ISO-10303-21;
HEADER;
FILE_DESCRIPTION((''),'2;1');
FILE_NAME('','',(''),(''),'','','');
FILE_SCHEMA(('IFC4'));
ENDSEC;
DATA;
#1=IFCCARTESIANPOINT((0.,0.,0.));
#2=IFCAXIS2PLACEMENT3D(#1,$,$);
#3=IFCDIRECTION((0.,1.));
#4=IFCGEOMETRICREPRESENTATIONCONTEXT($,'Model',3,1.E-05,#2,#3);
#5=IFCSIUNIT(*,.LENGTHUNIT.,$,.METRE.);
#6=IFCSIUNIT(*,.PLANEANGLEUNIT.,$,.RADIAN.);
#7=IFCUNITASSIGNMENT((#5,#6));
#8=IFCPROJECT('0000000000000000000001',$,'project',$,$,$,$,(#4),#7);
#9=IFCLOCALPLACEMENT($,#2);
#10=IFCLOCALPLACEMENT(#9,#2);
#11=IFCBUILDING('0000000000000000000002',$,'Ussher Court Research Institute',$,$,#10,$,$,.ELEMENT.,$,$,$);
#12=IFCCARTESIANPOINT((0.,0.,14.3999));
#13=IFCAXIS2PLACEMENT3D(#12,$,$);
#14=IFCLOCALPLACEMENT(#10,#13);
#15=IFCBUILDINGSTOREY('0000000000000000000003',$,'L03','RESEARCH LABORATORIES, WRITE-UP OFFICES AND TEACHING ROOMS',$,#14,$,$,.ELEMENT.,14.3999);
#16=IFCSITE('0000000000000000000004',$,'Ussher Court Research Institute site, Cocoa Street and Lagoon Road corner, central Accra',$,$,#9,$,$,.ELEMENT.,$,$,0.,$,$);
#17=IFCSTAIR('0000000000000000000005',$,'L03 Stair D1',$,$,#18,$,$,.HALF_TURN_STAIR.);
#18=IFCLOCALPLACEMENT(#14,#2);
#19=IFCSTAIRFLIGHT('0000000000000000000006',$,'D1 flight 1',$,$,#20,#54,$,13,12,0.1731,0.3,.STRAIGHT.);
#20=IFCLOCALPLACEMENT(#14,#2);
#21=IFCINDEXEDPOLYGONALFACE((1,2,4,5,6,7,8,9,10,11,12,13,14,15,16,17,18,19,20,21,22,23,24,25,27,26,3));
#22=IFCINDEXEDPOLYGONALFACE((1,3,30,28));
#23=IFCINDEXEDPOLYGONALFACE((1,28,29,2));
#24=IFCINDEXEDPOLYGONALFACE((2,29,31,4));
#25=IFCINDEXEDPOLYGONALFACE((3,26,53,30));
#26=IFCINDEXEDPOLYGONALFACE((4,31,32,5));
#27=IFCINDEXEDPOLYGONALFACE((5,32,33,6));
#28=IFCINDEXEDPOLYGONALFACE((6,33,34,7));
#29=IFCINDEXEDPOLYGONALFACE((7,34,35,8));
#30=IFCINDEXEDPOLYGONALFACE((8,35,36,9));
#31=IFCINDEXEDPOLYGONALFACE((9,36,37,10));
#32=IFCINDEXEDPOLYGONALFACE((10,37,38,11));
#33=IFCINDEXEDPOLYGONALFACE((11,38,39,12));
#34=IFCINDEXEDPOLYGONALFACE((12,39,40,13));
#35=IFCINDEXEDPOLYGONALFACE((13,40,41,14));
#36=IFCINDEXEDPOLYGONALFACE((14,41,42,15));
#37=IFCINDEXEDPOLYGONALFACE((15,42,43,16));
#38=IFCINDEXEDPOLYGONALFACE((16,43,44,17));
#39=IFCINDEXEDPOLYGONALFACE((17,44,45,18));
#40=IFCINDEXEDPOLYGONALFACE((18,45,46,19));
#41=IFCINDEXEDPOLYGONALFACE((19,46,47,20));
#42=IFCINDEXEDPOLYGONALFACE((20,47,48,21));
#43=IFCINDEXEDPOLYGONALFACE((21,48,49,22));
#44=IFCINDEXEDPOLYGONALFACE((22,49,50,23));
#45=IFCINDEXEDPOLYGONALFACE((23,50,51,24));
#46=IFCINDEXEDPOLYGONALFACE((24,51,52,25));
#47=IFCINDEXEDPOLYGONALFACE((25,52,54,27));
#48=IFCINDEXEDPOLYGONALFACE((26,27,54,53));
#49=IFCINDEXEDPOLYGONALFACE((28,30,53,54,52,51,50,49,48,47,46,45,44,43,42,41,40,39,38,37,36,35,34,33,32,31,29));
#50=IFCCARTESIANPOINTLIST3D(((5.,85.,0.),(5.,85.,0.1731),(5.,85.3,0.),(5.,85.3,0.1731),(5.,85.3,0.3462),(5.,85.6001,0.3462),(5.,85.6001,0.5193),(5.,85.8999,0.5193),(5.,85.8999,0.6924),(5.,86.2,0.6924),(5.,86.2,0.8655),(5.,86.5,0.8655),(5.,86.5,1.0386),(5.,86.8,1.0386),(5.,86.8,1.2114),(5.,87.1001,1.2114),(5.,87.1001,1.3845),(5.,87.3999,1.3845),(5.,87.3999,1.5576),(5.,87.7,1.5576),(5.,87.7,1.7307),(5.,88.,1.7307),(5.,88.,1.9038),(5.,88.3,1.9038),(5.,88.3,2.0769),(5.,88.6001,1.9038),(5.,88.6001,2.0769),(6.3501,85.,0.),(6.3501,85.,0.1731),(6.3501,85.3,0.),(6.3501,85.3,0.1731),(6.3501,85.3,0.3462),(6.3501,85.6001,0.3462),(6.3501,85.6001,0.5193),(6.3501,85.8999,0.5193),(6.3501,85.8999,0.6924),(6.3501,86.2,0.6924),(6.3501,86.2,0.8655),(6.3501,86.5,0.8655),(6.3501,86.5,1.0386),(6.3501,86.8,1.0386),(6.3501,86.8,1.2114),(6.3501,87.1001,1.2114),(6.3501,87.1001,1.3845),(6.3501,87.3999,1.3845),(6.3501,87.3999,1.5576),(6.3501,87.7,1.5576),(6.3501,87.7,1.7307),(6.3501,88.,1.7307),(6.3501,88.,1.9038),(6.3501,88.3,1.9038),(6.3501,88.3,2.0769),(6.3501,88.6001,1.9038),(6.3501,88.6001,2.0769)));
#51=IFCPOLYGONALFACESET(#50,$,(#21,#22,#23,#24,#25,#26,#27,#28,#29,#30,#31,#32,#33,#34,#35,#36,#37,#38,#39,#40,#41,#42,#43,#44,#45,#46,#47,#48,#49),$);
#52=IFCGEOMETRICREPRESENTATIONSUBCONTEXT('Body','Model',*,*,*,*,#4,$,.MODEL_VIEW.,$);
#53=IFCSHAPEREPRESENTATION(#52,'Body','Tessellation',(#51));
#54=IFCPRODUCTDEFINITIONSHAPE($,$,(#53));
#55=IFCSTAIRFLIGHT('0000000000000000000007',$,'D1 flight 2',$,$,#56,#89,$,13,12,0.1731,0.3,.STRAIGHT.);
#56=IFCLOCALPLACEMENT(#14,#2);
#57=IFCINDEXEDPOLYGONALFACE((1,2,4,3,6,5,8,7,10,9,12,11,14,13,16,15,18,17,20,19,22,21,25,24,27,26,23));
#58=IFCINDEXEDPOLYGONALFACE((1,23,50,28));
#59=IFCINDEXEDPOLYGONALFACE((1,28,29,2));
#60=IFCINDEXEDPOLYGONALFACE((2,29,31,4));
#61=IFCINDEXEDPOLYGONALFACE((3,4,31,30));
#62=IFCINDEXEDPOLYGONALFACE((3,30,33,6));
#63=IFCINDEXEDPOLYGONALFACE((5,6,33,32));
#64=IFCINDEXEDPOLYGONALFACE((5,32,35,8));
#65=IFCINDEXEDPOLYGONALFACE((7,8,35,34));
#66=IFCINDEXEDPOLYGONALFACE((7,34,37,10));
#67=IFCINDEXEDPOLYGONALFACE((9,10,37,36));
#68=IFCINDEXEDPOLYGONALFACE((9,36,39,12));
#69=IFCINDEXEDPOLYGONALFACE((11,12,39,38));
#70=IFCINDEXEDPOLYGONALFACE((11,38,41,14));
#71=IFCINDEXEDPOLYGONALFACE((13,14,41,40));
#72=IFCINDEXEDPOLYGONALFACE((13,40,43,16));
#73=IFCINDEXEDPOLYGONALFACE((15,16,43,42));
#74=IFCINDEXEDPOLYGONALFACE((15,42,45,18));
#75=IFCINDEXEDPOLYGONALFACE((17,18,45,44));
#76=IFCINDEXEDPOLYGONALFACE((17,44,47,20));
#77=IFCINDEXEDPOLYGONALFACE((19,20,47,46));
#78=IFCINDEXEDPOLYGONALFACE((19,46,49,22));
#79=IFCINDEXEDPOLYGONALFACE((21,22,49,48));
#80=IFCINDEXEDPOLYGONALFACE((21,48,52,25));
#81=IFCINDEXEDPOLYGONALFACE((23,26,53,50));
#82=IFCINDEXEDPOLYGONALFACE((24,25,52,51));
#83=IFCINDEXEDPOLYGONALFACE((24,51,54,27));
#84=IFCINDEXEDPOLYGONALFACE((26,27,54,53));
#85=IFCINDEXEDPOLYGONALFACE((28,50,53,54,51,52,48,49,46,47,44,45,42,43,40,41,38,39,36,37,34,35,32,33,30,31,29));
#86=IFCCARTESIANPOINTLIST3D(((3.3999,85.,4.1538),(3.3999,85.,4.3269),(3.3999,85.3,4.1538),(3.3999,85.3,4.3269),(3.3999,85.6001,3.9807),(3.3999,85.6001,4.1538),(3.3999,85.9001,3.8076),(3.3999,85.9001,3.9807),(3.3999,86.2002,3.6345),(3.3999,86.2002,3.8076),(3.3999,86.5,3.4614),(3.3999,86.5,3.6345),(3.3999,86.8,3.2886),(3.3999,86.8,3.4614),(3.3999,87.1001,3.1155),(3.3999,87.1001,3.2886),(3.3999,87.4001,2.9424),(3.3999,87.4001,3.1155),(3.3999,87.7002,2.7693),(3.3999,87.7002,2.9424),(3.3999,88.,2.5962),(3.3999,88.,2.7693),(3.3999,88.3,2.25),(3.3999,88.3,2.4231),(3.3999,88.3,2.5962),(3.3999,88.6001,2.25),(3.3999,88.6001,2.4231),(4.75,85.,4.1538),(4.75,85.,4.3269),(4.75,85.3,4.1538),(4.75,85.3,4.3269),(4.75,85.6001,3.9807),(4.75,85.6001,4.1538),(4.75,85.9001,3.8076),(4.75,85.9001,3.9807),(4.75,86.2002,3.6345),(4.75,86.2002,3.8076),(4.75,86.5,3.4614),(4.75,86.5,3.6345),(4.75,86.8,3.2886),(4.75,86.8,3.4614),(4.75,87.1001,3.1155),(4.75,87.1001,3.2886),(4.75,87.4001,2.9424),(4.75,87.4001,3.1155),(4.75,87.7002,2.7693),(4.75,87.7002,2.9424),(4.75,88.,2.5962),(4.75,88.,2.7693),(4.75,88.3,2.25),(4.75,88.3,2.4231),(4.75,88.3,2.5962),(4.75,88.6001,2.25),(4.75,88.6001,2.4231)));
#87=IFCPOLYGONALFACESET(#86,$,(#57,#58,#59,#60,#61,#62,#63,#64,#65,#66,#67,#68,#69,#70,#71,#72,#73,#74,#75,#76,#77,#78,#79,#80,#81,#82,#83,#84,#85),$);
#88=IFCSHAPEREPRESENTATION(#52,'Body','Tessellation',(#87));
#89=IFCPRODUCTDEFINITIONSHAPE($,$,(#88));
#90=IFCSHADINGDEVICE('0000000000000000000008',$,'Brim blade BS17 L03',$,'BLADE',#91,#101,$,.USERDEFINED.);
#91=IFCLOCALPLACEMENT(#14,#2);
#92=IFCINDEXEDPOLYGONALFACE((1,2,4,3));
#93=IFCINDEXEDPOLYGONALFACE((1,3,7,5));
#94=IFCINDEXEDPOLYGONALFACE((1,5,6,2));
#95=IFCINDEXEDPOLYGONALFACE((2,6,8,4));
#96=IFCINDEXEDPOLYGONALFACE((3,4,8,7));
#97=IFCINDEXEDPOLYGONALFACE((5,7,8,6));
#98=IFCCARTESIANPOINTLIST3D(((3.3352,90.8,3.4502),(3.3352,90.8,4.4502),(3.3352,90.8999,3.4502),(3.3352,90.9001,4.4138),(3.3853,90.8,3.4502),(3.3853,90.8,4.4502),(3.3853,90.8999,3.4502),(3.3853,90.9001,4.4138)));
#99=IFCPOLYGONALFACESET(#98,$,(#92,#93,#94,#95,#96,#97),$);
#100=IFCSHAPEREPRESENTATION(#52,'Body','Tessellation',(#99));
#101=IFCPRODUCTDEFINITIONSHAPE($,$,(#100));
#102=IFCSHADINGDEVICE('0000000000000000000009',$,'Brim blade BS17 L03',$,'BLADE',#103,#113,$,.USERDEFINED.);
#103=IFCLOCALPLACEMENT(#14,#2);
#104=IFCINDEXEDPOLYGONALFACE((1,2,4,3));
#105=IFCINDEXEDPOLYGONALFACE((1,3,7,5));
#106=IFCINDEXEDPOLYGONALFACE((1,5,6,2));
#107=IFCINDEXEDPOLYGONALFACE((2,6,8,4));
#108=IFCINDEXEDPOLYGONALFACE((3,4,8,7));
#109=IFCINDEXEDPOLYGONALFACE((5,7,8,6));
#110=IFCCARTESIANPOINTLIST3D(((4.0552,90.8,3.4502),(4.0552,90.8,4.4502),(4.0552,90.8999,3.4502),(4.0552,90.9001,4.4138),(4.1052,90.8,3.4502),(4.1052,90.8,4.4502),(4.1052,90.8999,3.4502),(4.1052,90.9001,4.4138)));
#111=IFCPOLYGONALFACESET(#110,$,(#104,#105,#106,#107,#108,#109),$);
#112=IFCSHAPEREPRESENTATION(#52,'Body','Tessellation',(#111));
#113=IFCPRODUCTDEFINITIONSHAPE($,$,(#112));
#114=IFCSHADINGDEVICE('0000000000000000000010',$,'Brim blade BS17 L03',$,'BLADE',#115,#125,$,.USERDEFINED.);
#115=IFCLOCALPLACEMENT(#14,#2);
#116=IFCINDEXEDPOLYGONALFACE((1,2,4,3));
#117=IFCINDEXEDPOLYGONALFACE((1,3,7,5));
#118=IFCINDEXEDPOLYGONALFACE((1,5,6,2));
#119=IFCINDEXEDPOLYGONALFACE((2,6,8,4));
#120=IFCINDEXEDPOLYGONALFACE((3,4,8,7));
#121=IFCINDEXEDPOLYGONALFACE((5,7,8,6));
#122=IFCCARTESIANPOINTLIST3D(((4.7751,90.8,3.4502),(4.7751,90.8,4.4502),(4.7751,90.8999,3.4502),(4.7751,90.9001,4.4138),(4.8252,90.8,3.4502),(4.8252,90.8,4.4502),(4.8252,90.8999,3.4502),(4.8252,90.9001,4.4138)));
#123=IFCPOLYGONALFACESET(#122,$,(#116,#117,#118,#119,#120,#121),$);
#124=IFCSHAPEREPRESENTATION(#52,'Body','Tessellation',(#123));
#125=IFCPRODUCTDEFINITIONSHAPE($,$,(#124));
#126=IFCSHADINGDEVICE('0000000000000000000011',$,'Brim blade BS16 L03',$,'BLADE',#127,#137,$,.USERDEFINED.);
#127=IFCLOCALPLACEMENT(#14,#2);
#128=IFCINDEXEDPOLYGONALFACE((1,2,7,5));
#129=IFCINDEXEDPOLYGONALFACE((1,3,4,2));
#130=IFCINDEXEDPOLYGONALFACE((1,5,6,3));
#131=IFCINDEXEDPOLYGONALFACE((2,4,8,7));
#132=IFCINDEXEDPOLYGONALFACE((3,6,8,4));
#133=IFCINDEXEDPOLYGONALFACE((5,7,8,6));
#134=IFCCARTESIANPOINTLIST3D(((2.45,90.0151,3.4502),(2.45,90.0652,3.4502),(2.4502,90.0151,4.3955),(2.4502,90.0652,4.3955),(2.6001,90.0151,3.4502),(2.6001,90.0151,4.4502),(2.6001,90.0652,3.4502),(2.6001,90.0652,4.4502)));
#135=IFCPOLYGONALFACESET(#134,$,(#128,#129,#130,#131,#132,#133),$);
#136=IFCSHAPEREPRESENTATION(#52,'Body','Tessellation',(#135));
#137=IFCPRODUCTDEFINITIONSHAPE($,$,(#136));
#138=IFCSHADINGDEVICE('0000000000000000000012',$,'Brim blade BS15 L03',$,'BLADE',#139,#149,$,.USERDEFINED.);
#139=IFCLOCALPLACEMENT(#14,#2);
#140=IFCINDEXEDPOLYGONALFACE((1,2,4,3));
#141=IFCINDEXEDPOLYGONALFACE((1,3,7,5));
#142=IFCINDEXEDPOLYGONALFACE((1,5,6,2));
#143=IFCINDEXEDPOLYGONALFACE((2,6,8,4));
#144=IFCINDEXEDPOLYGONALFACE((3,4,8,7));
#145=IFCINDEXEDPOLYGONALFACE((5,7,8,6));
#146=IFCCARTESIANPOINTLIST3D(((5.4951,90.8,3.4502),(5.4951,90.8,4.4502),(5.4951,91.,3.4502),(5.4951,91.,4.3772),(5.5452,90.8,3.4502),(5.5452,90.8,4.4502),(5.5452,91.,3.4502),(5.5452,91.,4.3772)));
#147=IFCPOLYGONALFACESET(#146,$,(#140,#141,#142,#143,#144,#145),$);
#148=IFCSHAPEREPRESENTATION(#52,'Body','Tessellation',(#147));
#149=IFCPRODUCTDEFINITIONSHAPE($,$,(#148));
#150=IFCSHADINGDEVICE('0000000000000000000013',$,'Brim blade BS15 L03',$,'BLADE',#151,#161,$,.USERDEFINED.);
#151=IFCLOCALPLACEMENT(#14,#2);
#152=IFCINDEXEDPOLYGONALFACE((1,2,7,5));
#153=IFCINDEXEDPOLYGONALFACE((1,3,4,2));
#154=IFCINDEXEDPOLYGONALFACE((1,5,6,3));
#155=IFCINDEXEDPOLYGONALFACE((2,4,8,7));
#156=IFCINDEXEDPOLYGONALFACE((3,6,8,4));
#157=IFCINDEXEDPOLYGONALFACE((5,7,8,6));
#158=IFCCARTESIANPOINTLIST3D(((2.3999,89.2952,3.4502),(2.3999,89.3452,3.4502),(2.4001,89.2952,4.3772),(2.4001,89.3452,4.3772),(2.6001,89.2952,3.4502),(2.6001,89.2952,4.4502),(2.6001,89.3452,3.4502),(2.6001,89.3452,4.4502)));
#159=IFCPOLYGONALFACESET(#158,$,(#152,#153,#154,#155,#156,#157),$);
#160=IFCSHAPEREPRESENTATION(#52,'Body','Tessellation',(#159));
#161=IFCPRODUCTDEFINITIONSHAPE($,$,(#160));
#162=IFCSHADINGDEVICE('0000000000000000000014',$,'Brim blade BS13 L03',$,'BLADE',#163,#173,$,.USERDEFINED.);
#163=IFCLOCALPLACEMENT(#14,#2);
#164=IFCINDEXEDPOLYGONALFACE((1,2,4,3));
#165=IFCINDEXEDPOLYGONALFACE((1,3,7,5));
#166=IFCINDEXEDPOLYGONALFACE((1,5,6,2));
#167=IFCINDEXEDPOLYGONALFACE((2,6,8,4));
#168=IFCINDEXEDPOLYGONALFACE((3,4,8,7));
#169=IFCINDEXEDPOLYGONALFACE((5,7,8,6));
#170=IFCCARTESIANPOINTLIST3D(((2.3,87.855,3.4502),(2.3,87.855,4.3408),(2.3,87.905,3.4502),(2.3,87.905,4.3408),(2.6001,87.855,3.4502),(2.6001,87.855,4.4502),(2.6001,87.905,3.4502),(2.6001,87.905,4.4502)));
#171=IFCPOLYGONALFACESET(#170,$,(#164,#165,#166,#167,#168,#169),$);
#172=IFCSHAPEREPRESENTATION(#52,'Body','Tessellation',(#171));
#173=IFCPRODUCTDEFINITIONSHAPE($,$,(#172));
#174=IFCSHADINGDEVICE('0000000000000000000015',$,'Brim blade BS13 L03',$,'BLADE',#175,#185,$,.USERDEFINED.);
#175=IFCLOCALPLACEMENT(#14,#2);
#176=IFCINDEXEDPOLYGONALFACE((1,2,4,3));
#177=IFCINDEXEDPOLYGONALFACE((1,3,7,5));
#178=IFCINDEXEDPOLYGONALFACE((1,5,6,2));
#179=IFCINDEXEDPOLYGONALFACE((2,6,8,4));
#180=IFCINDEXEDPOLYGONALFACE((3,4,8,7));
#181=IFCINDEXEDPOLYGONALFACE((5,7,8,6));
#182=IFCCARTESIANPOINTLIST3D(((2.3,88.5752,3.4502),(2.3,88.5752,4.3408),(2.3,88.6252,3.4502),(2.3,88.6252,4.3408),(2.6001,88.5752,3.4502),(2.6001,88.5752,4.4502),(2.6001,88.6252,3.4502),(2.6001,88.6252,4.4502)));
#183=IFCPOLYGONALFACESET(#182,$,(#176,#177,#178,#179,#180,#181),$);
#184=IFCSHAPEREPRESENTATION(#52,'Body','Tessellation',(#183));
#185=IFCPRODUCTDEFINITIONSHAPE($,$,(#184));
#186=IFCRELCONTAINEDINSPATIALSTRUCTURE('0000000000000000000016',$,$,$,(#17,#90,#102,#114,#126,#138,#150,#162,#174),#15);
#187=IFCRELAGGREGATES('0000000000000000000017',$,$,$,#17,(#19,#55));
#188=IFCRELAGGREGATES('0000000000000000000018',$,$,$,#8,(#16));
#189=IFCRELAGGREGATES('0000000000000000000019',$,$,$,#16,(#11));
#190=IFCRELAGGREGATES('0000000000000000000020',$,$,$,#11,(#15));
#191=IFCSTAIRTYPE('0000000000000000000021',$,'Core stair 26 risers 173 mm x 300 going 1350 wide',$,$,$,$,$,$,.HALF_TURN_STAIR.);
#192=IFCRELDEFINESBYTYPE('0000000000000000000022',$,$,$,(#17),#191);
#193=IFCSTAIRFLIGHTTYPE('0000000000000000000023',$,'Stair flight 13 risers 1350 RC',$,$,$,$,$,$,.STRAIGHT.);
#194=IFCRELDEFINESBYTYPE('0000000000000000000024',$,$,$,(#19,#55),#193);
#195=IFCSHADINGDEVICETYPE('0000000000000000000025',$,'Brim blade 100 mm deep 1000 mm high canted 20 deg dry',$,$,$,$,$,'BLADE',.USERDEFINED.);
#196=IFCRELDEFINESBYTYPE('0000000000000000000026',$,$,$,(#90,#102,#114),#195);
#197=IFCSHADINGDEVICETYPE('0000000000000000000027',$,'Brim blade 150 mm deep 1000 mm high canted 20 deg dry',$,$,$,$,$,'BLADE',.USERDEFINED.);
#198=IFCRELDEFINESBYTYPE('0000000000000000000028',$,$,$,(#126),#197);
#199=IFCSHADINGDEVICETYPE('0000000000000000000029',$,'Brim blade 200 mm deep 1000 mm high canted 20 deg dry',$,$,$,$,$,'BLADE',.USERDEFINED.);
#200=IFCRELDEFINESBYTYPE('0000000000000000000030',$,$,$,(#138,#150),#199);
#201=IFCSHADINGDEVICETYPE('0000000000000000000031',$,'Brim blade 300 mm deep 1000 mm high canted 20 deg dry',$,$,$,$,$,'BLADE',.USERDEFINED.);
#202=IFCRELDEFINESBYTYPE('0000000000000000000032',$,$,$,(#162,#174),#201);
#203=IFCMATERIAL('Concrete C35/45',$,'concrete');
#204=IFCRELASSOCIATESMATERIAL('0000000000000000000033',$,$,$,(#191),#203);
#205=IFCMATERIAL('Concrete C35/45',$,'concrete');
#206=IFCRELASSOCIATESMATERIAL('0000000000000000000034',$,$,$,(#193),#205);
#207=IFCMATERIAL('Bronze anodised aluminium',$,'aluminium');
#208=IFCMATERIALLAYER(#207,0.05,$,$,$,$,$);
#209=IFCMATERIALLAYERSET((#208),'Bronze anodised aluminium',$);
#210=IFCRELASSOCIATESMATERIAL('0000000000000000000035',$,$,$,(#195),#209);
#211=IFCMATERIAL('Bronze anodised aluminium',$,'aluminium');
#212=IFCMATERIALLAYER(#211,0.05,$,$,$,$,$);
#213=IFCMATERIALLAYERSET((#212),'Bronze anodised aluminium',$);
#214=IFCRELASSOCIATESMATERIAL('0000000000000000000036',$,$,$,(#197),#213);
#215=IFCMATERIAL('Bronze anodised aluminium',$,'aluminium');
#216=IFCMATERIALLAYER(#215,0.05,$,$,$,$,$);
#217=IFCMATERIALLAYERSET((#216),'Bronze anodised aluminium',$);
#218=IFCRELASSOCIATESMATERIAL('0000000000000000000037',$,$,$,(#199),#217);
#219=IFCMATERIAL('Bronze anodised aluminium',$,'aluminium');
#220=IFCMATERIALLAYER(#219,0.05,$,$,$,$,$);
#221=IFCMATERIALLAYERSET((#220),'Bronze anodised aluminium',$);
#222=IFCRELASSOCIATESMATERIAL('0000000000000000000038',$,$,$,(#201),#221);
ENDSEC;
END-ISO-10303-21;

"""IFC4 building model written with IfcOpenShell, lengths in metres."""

from ifc_helpers import new_model, si_unit, direction, frame, origin, place, context, subcontext, project, spatial, polyline, outline, extrude, material, layer, layer_set, type_object, element, aggregate, save


model = new_model("IFC4")

# Units and contexts
model_context = context("Model", 3, precision=1e-05, world=origin(), true_north=direction((0.0, 1.0)))
body_context = subcontext(model_context, "Body", "Model", "MODEL_VIEW")
ifc_project = project(units=[si_unit("LENGTHUNIT", "METRE"), si_unit("PLANEANGLEUNIT", "RADIAN")], contexts=[model_context])

# Site, building, storey
site_placement = place(None, origin())
site = spatial("IfcSite", under=ifc_project, at=site_placement, Name="Ussher Court Research Institute site, Cocoa Street and Lagoon Road corner, central Accra", CompositionType="ELEMENT", RefElevation=0.0)
building_placement = place(site_placement, origin())
building = spatial("IfcBuilding", under=site, at=building_placement, Name="Ussher Court Research Institute", CompositionType="ELEMENT")
storey_placement = place(building_placement, frame((0.0, 0.0, 14.3999)))
storey = spatial("IfcBuildingStorey", under=building, at=storey_placement, Name="L03", Description="RESEARCH LABORATORIES, WRITE-UP OFFICES AND TEACHING ROOMS", CompositionType="ELEMENT", Elevation=14.3999)

# Stair, stair flights
ifc_material_1 = material(Name="Concrete C35/45", Category="concrete")
stair_type = type_object("IfcStairType", Name="Core stair 26 risers 173 mm x 300 going 1350 wide", PredefinedType="HALF_TURN_STAIR", material=ifc_material_1)
stair_placement = place(storey_placement, origin())
stair = element("IfcStair", 1, at=stair_placement, inside=storey, type_object=stair_type, Name="L03 Stair D1", PredefinedType="HALF_TURN_STAIR")
ifc_material_2 = material(Name="Concrete C35/45", Category="concrete")
stair_flight_type = type_object("IfcStairFlightType", Name="Stair flight 13 risers 1350 RC", PredefinedType="STRAIGHT", material=ifc_material_2)
stair_flight_1_placement = place(storey_placement, frame((5.675, 85.0, 0.0), z_axis=(0.0, 0.0, 1.0), x_axis=(0.0, 1.0, 0.0)))
stair_flight_1 = element("IfcStairFlight", 2, at=stair_flight_1_placement, type_object=stair_flight_type, Name="D1 flight 1", NumberOfRisers=13, NumberOfTreads=12, PredefinedType="STRAIGHT", RiserHeight=0.1731, TreadLength=0.3, context=body_context, shape_type="SweptSolid", body=[
    extrude(outline(polyline([(0.0, 0.0), (0.0, 0.1731), (0.3, 0.1731), (0.3, 0.3462), (0.6001, 0.3462), (0.6001, 0.5193), (0.8999, 0.5193), (0.8999, 0.6924), (1.2, 0.6924), (1.2, 0.8655), (1.5, 0.8655), (1.5, 1.0386), (1.8, 1.0386), (1.8, 1.2114), (2.1001, 1.2114), (2.1001, 1.3845), (2.3999, 1.3845), (2.3999, 1.5576), (2.7, 1.5576), (2.7, 1.7307), (3.0, 1.7307), (3.0, 1.9038), (3.3, 1.9038), (3.3, 2.0769), (3.6001, 2.0769), (3.6001, 2.25), (3.6001, 1.9038), (0.3, 0.0), (0.0, 0.0)])), frame((0.0, 0.675, 0.0), z_axis=(0.0, -1.0, 0.0), x_axis=(1.0, 0.0, 0.0)), (0.0, 0.0, 1.0), 1.3501),
])
stair_flight_2_placement = place(storey_placement, frame((4.075, 88.6001, 2.25), z_axis=(0.0, 0.0, 1.0), x_axis=(0.0, -1.0, 0.0)))
stair_flight_2 = element("IfcStairFlight", 3, at=stair_flight_2_placement, type_object=stair_flight_type, Name="D1 flight 2", NumberOfRisers=13, NumberOfTreads=12, PredefinedType="STRAIGHT", RiserHeight=0.1731, TreadLength=0.3, context=body_context, shape_type="SweptSolid", body=[
    extrude(outline(polyline([(0.0, 0.0), (0.0, 0.1731), (0.3, 0.1731), (0.3, 0.3462), (0.6001, 0.3462), (0.6001, 0.5193), (0.8999, 0.5193), (0.8999, 0.6924), (1.2, 0.6924), (1.2, 0.8655), (1.5, 0.8655), (1.5, 1.0386), (1.8, 1.0386), (1.8, 1.2114), (2.1001, 1.2114), (2.1001, 1.3845), (2.3999, 1.3845), (2.3999, 1.5576), (2.7, 1.5576), (2.7, 1.7307), (3.0, 1.7307), (3.0, 1.9038), (3.3, 1.9038), (3.3, 2.0769), (3.6001, 2.0769), (3.6001, 2.25), (3.6001, 1.9038), (0.3, 0.0), (0.0, 0.0)])), frame((0.0, 0.675, 0.0), z_axis=(0.0, -1.0, 0.0), x_axis=(1.0, 0.0, 0.0)), (0.0, 0.0, 1.0), 1.3501),
])
aggregate(stair, [stair_flight_1, stair_flight_2])

# Shading devices
ifc_material_3 = material(Name="Bronze anodised aluminium", Category="aluminium")
ifc_layer_1 = layer(ifc_material_3, 0.05)
ifc_layer_set_1 = layer_set([ifc_layer_1], Name="Bronze anodised aluminium")
shading_device_type_1 = type_object("IfcShadingDeviceType", Name="Brim blade 100 mm deep 1000 mm high canted 20 deg dry", ElementType="BLADE", PredefinedType="USERDEFINED", material=ifc_layer_set_1)
for number, where, z_axis, x_axis, name in (
    (4, (3.3601, 90.8, 3.4502), (0.0, 0.0, 1.0), (0.0, 1.0, 0.0), "Brim blade BS17 L03"),
    (5, (4.0801, 90.8, 3.4502), (0.0, 0.0, 1.0), (0.0, 1.0, 0.0), "Brim blade BS17 L03"),
    (6, (4.8, 90.8, 3.4502), (0.0, 0.0, 1.0), (0.0, 1.0, 0.0), "Brim blade BS17 L03"),
):
    element("IfcShadingDevice", number, at=place(storey_placement, frame(where, z_axis=z_axis, x_axis=x_axis)), inside=storey, type_object=shading_device_type_1, Name=name, ObjectType="BLADE", PredefinedType="USERDEFINED", context=body_context, shape_type="SweptSolid", body=[
        extrude(outline(polyline([(0.0, 0.0), (0.0999, 0.0), (0.1001, 0.9636), (0.0, 1.0), (0.0, 0.0)])), frame((0.0, 0.0249, 0.0), z_axis=(0.0, -1.0, 0.0), x_axis=(1.0, 0.0, 0.0)), (0.0, 0.0, 1.0), 0.05),
    ])
ifc_material_4 = material(Name="Bronze anodised aluminium", Category="aluminium")
ifc_layer_2 = layer(ifc_material_4, 0.05)
ifc_layer_set_2 = layer_set([ifc_layer_2], Name="Bronze anodised aluminium")
shading_device_type_2 = type_object("IfcShadingDeviceType", Name="Brim blade 150 mm deep 1000 mm high canted 20 deg dry", ElementType="BLADE", PredefinedType="USERDEFINED", material=ifc_layer_set_2)
shading_device_1_placement = place(storey_placement, frame((2.6001, 90.04, 3.4502), z_axis=(0.0, 0.0, 1.0), x_axis=(-1.0, 0.0, 0.0)))
element("IfcShadingDevice", 7, at=shading_device_1_placement, inside=storey, type_object=shading_device_type_2, Name="Brim blade BS16 L03", ObjectType="BLADE", PredefinedType="USERDEFINED", context=body_context, shape_type="SweptSolid", body=[
    extrude(outline(polyline([(0.0, 0.0), (0.1501, 0.0), (0.1499, 0.9453), (0.0, 1.0), (0.0, 0.0)])), frame((0.0, 0.0249, 0.0), z_axis=(0.0, -1.0, 0.0), x_axis=(1.0, 0.0, 0.0)), (0.0, 0.0, 1.0), 0.05),
])
ifc_material_5 = material(Name="Bronze anodised aluminium", Category="aluminium")
ifc_layer_3 = layer(ifc_material_5, 0.05)
ifc_layer_set_3 = layer_set([ifc_layer_3], Name="Bronze anodised aluminium")
shading_device_type_3 = type_object("IfcShadingDeviceType", Name="Brim blade 200 mm deep 1000 mm high canted 20 deg dry", ElementType="BLADE", PredefinedType="USERDEFINED", material=ifc_layer_set_3)
shading_device_2_placement = place(storey_placement, frame((5.52, 90.8, 3.4502), z_axis=(0.0, 0.0, 1.0), x_axis=(0.0, 1.0, 0.0)))
element("IfcShadingDevice", 8, at=shading_device_2_placement, inside=storey, type_object=shading_device_type_3, Name="Brim blade BS15 L03", ObjectType="BLADE", PredefinedType="USERDEFINED", context=body_context, shape_type="SweptSolid", body=[
    extrude(outline(polyline([(0.0, 0.0), (0.2, 0.0), (0.2, 0.927), (0.0, 1.0), (0.0, 0.0)])), frame((0.0, 0.0249, 0.0), z_axis=(0.0, -1.0, 0.0), x_axis=(1.0, 0.0, 0.0)), (0.0, 0.0, 1.0), 0.05),
])
shading_device_3_placement = place(storey_placement, frame((2.6001, 89.3201, 3.4502), z_axis=(0.0, 0.0, 1.0), x_axis=(-1.0, 0.0, 0.0)))
element("IfcShadingDevice", 9, at=shading_device_3_placement, inside=storey, type_object=shading_device_type_3, Name="Brim blade BS15 L03", ObjectType="BLADE", PredefinedType="USERDEFINED", context=body_context, shape_type="SweptSolid", body=[
    extrude(outline(polyline([(0.0, 0.0), (0.2002, 0.0), (0.2, 0.927), (0.0, 1.0), (0.0, 0.0)])), frame((0.0, 0.0249, 0.0), z_axis=(0.0, -1.0, 0.0), x_axis=(1.0, 0.0, 0.0)), (0.0, 0.0, 1.0), 0.05),
])
ifc_material_6 = material(Name="Bronze anodised aluminium", Category="aluminium")
ifc_layer_4 = layer(ifc_material_6, 0.05)
ifc_layer_set_4 = layer_set([ifc_layer_4], Name="Bronze anodised aluminium")
shading_device_type_4 = type_object("IfcShadingDeviceType", Name="Brim blade 300 mm deep 1000 mm high canted 20 deg dry", ElementType="BLADE", PredefinedType="USERDEFINED", material=ifc_layer_set_4)
for number, where, z_axis, x_axis, name in (
    (10, (2.6001, 87.8799, 3.4502), (0.0, 0.0, 1.0), (-1.0, 0.0, 0.0), "Brim blade BS13 L03"),
    (11, (2.6001, 88.6001, 3.4502), (0.0, 0.0, 1.0), (-1.0, 0.0, 0.0), "Brim blade BS13 L03"),
):
    element("IfcShadingDevice", number, at=place(storey_placement, frame(where, z_axis=z_axis, x_axis=x_axis)), inside=storey, type_object=shading_device_type_4, Name=name, ObjectType="BLADE", PredefinedType="USERDEFINED", context=body_context, shape_type="SweptSolid", body=[
        extrude(outline(polyline([(0.0, 0.0), (0.3, 0.0), (0.3, 0.8906), (0.0, 1.0), (0.0, 0.0)])), frame((0.0, 0.0249, 0.0), z_axis=(0.0, -1.0, 0.0), x_axis=(1.0, 0.0, 0.0)), (0.0, 0.0, 1.0), 0.05),
    ])

save(model, "model.ifc")
